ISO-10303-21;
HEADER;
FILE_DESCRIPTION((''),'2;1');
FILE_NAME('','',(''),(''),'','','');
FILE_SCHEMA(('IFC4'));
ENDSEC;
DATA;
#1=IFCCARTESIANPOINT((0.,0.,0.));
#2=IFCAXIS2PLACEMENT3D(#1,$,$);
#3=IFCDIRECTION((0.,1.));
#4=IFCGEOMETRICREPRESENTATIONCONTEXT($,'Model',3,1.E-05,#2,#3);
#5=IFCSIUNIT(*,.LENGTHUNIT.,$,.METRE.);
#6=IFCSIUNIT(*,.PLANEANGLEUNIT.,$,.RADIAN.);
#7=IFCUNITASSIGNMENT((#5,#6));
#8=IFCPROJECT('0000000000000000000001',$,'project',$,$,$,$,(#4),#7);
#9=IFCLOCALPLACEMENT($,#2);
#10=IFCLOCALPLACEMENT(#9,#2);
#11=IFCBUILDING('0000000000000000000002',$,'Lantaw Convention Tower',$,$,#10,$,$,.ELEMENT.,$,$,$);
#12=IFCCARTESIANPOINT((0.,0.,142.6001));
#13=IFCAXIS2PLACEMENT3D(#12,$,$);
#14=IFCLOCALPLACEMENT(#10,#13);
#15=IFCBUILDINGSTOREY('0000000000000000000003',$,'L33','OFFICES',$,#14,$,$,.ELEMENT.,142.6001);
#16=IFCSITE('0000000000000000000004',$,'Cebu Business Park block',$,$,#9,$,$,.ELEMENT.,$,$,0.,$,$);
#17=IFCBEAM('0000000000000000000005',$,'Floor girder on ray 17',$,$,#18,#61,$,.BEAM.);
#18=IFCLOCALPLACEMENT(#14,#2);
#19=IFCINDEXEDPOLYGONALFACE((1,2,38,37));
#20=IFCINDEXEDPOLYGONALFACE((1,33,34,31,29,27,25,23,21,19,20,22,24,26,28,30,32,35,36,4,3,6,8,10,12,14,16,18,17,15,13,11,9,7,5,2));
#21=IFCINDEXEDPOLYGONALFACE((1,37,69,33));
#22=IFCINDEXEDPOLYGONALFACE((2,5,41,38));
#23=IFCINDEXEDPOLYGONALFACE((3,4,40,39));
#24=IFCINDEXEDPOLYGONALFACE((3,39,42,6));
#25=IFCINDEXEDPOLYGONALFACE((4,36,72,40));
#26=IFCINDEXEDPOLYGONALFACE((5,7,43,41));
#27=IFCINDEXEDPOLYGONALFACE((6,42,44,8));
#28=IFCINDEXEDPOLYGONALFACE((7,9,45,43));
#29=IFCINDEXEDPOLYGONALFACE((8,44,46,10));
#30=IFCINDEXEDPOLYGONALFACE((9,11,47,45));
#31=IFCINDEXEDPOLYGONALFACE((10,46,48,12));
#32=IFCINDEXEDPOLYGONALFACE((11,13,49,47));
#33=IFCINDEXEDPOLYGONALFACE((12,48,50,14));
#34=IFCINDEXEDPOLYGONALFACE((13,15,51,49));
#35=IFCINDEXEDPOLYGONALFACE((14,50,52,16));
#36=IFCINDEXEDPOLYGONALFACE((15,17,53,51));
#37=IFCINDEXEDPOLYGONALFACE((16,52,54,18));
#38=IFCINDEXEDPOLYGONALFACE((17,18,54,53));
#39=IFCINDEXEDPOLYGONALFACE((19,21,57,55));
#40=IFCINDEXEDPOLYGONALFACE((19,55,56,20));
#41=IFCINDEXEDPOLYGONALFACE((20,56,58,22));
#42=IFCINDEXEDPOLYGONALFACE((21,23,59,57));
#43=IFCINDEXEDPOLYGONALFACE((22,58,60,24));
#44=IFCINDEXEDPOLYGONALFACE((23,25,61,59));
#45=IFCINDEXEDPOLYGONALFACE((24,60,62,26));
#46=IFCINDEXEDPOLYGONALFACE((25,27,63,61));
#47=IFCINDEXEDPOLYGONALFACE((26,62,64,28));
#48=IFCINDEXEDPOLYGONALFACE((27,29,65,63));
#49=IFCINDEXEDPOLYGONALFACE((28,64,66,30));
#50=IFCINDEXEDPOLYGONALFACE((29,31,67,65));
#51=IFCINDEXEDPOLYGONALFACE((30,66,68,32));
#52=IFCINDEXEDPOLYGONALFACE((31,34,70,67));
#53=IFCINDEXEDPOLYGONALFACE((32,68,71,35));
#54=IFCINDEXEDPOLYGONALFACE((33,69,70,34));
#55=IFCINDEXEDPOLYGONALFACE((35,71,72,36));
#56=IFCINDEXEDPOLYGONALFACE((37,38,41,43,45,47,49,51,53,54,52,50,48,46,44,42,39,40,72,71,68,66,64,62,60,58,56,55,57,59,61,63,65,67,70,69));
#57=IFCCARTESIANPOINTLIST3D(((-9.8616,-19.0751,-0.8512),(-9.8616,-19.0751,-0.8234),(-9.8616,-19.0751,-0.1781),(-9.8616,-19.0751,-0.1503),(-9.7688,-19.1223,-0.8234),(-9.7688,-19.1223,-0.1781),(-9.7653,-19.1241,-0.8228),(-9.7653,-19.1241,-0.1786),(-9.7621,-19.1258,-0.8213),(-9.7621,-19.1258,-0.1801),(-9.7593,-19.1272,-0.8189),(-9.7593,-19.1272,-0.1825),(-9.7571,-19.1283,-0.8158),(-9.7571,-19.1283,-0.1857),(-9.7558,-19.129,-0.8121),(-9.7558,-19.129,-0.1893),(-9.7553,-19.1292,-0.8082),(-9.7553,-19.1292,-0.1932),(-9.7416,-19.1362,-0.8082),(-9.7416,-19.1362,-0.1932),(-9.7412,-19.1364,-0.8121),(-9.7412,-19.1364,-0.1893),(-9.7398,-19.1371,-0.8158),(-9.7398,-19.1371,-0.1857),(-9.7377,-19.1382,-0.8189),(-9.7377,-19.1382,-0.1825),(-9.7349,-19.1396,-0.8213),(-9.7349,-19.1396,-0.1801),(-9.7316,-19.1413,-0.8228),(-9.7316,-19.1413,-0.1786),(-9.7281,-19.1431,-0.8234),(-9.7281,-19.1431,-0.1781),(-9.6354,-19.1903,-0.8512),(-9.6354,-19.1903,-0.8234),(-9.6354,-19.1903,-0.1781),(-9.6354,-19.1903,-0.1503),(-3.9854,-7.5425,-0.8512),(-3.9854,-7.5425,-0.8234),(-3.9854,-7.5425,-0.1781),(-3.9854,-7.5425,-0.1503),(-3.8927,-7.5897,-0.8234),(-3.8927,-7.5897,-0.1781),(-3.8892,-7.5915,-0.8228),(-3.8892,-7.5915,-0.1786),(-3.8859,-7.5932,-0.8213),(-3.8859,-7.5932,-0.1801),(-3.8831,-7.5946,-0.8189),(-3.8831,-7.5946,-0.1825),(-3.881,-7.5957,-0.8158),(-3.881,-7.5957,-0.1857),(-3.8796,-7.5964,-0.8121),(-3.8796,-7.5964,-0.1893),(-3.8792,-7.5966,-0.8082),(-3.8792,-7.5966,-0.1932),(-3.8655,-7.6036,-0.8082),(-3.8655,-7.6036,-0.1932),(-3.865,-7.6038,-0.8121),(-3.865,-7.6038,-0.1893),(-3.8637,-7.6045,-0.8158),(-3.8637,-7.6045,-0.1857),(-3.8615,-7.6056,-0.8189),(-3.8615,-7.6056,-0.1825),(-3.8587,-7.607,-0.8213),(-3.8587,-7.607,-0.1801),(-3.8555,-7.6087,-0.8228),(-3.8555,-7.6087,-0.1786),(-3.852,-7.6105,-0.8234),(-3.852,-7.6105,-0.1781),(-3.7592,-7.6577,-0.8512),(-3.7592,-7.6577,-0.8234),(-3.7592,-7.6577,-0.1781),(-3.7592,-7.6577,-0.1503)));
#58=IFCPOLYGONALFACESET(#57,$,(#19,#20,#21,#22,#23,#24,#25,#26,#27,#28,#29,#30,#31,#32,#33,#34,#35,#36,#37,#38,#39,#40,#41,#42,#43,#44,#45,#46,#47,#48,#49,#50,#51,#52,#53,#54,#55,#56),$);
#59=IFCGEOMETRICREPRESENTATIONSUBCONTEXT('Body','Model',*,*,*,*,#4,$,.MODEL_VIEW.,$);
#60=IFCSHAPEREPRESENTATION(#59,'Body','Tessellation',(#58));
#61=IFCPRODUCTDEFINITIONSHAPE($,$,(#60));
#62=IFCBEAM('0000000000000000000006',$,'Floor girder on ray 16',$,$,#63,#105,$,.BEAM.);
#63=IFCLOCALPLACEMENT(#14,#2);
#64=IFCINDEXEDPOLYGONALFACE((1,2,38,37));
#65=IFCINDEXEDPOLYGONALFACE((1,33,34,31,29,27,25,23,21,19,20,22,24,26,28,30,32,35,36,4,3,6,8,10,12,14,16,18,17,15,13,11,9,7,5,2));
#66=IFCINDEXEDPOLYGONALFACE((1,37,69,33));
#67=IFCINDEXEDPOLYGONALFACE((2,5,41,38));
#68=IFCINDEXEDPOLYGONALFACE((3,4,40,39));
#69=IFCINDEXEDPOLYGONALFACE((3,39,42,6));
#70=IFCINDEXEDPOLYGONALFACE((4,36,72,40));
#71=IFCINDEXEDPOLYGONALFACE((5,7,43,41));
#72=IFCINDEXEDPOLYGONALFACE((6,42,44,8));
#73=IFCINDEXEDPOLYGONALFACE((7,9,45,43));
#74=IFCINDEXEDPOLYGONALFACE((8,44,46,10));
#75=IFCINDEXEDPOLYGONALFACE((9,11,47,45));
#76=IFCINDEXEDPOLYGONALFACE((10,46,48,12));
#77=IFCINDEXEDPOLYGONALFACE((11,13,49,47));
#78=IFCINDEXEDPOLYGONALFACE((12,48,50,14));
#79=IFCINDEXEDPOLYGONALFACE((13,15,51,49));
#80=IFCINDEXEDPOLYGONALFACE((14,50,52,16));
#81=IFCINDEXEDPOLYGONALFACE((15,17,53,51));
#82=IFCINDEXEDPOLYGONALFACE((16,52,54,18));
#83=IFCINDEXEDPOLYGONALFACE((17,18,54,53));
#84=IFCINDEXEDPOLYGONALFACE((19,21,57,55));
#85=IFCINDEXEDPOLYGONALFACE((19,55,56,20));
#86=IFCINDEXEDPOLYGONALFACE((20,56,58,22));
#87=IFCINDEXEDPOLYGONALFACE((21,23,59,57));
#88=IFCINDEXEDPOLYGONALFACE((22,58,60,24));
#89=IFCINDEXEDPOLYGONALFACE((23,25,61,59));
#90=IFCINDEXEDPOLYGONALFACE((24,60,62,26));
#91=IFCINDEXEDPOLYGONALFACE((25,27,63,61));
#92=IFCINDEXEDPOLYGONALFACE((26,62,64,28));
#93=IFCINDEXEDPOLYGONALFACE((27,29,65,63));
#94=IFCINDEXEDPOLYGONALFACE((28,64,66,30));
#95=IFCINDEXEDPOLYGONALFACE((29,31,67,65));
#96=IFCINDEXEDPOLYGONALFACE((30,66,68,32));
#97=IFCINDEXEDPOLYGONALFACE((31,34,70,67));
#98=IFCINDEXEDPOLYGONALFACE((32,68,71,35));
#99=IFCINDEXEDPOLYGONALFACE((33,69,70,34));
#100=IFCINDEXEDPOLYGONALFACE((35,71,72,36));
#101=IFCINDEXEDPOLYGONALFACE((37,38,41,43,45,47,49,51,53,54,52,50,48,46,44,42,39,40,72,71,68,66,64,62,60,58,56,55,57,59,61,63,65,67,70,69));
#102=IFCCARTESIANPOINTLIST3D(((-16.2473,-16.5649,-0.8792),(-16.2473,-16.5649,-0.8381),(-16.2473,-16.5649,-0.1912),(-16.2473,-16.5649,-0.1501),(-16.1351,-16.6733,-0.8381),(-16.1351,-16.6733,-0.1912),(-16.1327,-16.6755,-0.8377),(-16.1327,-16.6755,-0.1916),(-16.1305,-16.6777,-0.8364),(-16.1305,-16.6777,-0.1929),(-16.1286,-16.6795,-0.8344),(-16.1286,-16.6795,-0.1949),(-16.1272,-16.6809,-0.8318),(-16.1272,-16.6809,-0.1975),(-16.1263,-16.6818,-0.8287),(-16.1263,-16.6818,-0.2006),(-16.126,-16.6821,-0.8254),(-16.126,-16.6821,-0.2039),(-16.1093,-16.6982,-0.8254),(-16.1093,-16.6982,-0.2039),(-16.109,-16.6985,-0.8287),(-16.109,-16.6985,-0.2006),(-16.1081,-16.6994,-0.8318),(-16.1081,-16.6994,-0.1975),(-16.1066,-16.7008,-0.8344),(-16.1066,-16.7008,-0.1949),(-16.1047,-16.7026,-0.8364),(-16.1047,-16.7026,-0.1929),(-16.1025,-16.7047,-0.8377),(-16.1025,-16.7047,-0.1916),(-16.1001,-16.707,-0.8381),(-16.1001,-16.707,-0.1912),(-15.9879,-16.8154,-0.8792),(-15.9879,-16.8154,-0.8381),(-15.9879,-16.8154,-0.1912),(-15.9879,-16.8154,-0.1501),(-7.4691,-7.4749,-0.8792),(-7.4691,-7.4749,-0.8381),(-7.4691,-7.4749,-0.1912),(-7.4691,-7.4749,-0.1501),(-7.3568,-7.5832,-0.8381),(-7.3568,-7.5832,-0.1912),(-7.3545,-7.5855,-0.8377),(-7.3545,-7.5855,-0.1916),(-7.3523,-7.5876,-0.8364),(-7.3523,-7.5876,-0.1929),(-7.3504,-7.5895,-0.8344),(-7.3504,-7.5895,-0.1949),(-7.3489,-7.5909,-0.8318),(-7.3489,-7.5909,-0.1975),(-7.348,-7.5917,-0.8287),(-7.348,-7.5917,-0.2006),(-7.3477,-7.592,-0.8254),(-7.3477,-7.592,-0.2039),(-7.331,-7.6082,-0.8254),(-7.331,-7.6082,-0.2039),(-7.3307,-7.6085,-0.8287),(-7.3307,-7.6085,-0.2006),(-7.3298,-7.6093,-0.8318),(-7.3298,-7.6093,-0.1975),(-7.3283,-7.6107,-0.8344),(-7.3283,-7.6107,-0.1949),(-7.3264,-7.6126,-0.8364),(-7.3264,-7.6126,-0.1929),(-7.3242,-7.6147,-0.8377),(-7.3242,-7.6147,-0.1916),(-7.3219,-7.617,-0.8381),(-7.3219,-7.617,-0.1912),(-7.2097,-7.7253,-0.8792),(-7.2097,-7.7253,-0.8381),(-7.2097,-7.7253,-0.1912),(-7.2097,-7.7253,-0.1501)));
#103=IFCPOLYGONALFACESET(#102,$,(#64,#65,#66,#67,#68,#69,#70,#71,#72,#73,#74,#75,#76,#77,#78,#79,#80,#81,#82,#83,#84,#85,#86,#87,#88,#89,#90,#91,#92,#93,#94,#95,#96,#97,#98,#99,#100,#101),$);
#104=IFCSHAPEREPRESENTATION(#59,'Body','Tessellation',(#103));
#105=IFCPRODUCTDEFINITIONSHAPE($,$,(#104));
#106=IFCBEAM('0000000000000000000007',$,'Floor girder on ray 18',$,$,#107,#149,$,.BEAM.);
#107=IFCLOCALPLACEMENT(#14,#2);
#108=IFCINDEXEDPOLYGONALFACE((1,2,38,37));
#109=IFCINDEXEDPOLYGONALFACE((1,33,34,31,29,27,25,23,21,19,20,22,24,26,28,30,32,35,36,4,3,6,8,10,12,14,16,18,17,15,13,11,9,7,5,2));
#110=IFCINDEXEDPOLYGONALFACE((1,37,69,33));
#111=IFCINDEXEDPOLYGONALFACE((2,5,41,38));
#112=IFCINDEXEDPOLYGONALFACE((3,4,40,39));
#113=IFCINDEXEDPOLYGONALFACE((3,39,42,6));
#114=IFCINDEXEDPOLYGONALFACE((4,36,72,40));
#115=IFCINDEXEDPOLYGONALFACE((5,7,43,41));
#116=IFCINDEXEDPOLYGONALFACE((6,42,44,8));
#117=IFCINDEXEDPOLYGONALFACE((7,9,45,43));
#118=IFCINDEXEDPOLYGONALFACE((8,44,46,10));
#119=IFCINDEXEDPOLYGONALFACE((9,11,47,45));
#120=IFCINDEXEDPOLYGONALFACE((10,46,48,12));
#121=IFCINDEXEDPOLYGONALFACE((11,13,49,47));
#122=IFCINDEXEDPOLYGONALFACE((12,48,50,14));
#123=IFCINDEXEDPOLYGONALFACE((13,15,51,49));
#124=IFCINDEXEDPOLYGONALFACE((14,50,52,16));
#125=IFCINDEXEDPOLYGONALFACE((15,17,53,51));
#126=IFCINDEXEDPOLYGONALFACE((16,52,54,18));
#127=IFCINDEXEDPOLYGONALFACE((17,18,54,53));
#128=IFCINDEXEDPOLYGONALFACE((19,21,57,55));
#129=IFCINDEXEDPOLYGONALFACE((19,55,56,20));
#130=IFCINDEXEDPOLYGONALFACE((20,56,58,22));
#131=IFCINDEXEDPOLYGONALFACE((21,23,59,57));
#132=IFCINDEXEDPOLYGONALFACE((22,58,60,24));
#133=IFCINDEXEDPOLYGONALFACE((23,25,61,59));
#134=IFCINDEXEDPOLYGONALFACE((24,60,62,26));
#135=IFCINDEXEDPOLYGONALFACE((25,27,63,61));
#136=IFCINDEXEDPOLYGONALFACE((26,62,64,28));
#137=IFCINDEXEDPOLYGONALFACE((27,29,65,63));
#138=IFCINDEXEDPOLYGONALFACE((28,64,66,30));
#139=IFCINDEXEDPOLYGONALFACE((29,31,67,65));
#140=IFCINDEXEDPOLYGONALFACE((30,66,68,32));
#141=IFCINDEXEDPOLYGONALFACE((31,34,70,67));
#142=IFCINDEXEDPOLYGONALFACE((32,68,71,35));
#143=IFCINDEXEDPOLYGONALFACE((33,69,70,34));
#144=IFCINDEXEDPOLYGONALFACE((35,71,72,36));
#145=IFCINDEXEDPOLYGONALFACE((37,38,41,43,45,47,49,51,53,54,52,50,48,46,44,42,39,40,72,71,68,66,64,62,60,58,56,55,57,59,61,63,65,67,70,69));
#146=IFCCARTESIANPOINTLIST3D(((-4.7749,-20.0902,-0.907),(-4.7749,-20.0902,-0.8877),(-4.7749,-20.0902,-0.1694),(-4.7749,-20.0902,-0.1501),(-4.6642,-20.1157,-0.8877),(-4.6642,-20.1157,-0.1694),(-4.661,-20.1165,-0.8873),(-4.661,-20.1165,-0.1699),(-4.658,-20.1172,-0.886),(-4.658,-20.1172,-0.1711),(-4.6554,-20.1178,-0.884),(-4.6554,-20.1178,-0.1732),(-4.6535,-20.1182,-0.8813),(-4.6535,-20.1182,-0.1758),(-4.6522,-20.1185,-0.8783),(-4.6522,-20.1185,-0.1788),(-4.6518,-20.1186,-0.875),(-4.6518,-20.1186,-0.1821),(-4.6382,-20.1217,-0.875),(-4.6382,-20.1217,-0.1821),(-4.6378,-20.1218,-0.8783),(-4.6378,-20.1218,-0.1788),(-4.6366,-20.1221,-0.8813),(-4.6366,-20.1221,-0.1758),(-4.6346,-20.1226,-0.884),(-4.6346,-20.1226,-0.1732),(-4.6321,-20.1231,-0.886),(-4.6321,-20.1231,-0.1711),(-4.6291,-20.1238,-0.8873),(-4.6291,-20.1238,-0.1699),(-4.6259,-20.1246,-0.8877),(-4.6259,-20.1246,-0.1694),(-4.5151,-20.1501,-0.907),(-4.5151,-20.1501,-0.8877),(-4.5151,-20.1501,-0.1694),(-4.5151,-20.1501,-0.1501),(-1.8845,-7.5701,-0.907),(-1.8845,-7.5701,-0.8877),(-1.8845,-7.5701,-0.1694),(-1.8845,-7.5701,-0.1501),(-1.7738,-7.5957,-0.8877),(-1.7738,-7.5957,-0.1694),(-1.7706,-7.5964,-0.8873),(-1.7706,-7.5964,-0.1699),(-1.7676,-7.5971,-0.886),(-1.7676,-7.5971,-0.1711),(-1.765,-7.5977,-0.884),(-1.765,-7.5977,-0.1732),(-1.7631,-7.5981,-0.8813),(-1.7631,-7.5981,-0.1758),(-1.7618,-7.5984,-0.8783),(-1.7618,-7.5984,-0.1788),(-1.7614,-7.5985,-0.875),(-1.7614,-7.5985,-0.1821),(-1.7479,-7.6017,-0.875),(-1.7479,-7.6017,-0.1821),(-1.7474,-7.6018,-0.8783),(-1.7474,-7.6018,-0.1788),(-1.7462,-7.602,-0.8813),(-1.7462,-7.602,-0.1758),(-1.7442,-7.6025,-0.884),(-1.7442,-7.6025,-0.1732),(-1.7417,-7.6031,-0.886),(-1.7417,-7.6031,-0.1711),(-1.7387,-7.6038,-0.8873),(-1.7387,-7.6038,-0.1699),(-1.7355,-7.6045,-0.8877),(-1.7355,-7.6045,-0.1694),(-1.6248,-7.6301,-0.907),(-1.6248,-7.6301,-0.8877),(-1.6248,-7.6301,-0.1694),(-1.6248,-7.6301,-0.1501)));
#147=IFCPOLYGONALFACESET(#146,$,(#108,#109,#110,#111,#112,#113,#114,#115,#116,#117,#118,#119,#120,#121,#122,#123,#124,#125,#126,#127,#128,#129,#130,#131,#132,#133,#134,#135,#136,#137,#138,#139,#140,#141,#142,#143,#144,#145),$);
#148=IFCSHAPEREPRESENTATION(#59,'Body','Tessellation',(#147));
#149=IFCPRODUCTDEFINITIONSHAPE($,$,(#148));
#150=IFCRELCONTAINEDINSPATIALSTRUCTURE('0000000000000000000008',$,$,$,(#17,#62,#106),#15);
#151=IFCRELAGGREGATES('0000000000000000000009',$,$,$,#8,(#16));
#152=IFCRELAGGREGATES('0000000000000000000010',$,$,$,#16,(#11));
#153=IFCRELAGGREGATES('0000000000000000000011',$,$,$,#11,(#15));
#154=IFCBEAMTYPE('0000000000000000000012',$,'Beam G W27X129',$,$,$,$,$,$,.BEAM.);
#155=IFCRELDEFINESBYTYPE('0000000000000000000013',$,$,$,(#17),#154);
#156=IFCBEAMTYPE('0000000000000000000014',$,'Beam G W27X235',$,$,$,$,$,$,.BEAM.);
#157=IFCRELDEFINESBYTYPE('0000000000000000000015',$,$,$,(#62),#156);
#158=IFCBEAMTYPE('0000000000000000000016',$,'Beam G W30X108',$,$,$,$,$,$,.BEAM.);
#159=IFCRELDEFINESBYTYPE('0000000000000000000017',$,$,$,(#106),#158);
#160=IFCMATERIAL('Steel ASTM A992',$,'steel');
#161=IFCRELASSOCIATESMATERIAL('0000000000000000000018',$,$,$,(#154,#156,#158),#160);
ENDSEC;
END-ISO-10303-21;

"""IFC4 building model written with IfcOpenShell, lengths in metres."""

from ifc_helpers import new_model, si_unit, direction, frame, origin, origin_2d, place, context, subcontext, project, spatial, i_section, extrude, material, material_profile, profile_set, type_object, element, save


model = new_model("IFC4")

# Units and contexts
model_context = context("Model", 3, precision=1e-05, world=origin(), true_north=direction((0.0, 1.0)))
body_context = subcontext(model_context, "Body", "Model", "MODEL_VIEW")
ifc_project = project(units=[si_unit("LENGTHUNIT", "METRE"), si_unit("PLANEANGLEUNIT", "RADIAN")], contexts=[model_context])

# Site, building, storey
site_placement = place(None, origin())
site = spatial("IfcSite", under=ifc_project, at=site_placement, Name="Cebu Business Park block", CompositionType="ELEMENT", RefElevation=0.0)
building_placement = place(site_placement, origin())
building = spatial("IfcBuilding", under=site, at=building_placement, Name="Lantaw Convention Tower", CompositionType="ELEMENT")
storey_placement = place(building_placement, frame((0.0, 0.0, 142.6001)))
storey = spatial("IfcBuildingStorey", under=building, at=storey_placement, Name="L33", Description="OFFICES", CompositionType="ELEMENT", Elevation=142.6001)

# Beams
ifc_material_1 = material(Name="Steel ASTM A992", Category="steel")
ifc_material_profile_1 = material_profile(ifc_material_1, i_section(OverallWidth=0.2539, OverallDepth=0.7009, WebThickness=0.0154, FlangeThickness=0.0278, FilletRadius=0.0151, at=origin_2d()), Name="W27X129")
ifc_profile_set_1 = profile_set([ifc_material_profile_1], Name="Steel ASTM A992")
beam_type_1 = type_object("IfcBeamType", Name="Beam G W27X129", PredefinedType="BEAM", material=ifc_profile_set_1)
beam_1_placement = place(storey_placement, frame((-3.8723, -7.6001, -0.5007), z_axis=(-0.453991, -0.891006, 0.0), x_axis=(0.891006, -0.453991, 0.0)))
element("IfcBeam", 1, at=beam_1_placement, inside=storey, type_object=beam_type_1, Name="Floor girder on ray 17", PredefinedType="BEAM", context=body_context, shape_type="SweptSolid", body=[
    extrude(i_section(OverallWidth=0.2539, OverallDepth=0.7009, WebThickness=0.0154, FlangeThickness=0.0278, FilletRadius=0.0151, at=origin_2d()), origin(), (0.0, 0.0, 1.0), 12.9434),
])
ifc_material_profile_2 = material_profile(ifc_material_1, i_section(OverallWidth=0.3606, OverallDepth=0.729, WebThickness=0.0232, FlangeThickness=0.041, FilletRadius=0.0127, at=origin_2d()), Name="W27X235")
ifc_profile_set_2 = profile_set([ifc_material_profile_2], Name="Steel ASTM A992")
beam_type_2 = type_object("IfcBeamType", Name="Beam G W27X235", PredefinedType="BEAM", material=ifc_profile_set_2)
beam_2_placement = place(storey_placement, frame((-7.3394, -7.6001, -0.5146), z_axis=(-0.694663, -0.719335, 0.0), x_axis=(0.719335, -0.694663, 0.0)))
element("IfcBeam", 2, at=beam_2_placement, inside=storey, type_object=beam_type_2, Name="Floor girder on ray 16", PredefinedType="BEAM", context=body_context, shape_type="SweptSolid", body=[
    extrude(i_section(OverallWidth=0.3606, OverallDepth=0.729, WebThickness=0.0232, FlangeThickness=0.041, FilletRadius=0.0127, at=origin_2d()), origin(), (0.0, 0.0, 1.0), 12.6367),
])
ifc_material_profile_3 = material_profile(ifc_material_1, i_section(OverallWidth=0.2666, OverallDepth=0.7568, WebThickness=0.0139, FlangeThickness=0.0193, FilletRadius=0.0127, at=origin_2d()), Name="W30X108")
ifc_profile_set_3 = profile_set([ifc_material_profile_3], Name="Steel ASTM A992")
beam_type_3 = type_object("IfcBeamType", Name="Beam G W30X108", PredefinedType="BEAM", material=ifc_profile_set_3)
beam_3_placement = place(storey_placement, frame((-1.7546, -7.6001, -0.5286), z_axis=(-0.224944, -0.974372, 0.0), x_axis=(0.974372, -0.224944, 0.0)))
element("IfcBeam", 3, at=beam_3_placement, inside=storey, type_object=beam_type_3, Name="Floor girder on ray 18", PredefinedType="BEAM", context=body_context, shape_type="SweptSolid", body=[
    extrude(i_section(OverallWidth=0.2666, OverallDepth=0.7568, WebThickness=0.0139, FlangeThickness=0.0193, FilletRadius=0.0127, at=origin_2d()), origin(), (0.0, 0.0, 1.0), 12.8494),
])

save(model, "model.ifc")
